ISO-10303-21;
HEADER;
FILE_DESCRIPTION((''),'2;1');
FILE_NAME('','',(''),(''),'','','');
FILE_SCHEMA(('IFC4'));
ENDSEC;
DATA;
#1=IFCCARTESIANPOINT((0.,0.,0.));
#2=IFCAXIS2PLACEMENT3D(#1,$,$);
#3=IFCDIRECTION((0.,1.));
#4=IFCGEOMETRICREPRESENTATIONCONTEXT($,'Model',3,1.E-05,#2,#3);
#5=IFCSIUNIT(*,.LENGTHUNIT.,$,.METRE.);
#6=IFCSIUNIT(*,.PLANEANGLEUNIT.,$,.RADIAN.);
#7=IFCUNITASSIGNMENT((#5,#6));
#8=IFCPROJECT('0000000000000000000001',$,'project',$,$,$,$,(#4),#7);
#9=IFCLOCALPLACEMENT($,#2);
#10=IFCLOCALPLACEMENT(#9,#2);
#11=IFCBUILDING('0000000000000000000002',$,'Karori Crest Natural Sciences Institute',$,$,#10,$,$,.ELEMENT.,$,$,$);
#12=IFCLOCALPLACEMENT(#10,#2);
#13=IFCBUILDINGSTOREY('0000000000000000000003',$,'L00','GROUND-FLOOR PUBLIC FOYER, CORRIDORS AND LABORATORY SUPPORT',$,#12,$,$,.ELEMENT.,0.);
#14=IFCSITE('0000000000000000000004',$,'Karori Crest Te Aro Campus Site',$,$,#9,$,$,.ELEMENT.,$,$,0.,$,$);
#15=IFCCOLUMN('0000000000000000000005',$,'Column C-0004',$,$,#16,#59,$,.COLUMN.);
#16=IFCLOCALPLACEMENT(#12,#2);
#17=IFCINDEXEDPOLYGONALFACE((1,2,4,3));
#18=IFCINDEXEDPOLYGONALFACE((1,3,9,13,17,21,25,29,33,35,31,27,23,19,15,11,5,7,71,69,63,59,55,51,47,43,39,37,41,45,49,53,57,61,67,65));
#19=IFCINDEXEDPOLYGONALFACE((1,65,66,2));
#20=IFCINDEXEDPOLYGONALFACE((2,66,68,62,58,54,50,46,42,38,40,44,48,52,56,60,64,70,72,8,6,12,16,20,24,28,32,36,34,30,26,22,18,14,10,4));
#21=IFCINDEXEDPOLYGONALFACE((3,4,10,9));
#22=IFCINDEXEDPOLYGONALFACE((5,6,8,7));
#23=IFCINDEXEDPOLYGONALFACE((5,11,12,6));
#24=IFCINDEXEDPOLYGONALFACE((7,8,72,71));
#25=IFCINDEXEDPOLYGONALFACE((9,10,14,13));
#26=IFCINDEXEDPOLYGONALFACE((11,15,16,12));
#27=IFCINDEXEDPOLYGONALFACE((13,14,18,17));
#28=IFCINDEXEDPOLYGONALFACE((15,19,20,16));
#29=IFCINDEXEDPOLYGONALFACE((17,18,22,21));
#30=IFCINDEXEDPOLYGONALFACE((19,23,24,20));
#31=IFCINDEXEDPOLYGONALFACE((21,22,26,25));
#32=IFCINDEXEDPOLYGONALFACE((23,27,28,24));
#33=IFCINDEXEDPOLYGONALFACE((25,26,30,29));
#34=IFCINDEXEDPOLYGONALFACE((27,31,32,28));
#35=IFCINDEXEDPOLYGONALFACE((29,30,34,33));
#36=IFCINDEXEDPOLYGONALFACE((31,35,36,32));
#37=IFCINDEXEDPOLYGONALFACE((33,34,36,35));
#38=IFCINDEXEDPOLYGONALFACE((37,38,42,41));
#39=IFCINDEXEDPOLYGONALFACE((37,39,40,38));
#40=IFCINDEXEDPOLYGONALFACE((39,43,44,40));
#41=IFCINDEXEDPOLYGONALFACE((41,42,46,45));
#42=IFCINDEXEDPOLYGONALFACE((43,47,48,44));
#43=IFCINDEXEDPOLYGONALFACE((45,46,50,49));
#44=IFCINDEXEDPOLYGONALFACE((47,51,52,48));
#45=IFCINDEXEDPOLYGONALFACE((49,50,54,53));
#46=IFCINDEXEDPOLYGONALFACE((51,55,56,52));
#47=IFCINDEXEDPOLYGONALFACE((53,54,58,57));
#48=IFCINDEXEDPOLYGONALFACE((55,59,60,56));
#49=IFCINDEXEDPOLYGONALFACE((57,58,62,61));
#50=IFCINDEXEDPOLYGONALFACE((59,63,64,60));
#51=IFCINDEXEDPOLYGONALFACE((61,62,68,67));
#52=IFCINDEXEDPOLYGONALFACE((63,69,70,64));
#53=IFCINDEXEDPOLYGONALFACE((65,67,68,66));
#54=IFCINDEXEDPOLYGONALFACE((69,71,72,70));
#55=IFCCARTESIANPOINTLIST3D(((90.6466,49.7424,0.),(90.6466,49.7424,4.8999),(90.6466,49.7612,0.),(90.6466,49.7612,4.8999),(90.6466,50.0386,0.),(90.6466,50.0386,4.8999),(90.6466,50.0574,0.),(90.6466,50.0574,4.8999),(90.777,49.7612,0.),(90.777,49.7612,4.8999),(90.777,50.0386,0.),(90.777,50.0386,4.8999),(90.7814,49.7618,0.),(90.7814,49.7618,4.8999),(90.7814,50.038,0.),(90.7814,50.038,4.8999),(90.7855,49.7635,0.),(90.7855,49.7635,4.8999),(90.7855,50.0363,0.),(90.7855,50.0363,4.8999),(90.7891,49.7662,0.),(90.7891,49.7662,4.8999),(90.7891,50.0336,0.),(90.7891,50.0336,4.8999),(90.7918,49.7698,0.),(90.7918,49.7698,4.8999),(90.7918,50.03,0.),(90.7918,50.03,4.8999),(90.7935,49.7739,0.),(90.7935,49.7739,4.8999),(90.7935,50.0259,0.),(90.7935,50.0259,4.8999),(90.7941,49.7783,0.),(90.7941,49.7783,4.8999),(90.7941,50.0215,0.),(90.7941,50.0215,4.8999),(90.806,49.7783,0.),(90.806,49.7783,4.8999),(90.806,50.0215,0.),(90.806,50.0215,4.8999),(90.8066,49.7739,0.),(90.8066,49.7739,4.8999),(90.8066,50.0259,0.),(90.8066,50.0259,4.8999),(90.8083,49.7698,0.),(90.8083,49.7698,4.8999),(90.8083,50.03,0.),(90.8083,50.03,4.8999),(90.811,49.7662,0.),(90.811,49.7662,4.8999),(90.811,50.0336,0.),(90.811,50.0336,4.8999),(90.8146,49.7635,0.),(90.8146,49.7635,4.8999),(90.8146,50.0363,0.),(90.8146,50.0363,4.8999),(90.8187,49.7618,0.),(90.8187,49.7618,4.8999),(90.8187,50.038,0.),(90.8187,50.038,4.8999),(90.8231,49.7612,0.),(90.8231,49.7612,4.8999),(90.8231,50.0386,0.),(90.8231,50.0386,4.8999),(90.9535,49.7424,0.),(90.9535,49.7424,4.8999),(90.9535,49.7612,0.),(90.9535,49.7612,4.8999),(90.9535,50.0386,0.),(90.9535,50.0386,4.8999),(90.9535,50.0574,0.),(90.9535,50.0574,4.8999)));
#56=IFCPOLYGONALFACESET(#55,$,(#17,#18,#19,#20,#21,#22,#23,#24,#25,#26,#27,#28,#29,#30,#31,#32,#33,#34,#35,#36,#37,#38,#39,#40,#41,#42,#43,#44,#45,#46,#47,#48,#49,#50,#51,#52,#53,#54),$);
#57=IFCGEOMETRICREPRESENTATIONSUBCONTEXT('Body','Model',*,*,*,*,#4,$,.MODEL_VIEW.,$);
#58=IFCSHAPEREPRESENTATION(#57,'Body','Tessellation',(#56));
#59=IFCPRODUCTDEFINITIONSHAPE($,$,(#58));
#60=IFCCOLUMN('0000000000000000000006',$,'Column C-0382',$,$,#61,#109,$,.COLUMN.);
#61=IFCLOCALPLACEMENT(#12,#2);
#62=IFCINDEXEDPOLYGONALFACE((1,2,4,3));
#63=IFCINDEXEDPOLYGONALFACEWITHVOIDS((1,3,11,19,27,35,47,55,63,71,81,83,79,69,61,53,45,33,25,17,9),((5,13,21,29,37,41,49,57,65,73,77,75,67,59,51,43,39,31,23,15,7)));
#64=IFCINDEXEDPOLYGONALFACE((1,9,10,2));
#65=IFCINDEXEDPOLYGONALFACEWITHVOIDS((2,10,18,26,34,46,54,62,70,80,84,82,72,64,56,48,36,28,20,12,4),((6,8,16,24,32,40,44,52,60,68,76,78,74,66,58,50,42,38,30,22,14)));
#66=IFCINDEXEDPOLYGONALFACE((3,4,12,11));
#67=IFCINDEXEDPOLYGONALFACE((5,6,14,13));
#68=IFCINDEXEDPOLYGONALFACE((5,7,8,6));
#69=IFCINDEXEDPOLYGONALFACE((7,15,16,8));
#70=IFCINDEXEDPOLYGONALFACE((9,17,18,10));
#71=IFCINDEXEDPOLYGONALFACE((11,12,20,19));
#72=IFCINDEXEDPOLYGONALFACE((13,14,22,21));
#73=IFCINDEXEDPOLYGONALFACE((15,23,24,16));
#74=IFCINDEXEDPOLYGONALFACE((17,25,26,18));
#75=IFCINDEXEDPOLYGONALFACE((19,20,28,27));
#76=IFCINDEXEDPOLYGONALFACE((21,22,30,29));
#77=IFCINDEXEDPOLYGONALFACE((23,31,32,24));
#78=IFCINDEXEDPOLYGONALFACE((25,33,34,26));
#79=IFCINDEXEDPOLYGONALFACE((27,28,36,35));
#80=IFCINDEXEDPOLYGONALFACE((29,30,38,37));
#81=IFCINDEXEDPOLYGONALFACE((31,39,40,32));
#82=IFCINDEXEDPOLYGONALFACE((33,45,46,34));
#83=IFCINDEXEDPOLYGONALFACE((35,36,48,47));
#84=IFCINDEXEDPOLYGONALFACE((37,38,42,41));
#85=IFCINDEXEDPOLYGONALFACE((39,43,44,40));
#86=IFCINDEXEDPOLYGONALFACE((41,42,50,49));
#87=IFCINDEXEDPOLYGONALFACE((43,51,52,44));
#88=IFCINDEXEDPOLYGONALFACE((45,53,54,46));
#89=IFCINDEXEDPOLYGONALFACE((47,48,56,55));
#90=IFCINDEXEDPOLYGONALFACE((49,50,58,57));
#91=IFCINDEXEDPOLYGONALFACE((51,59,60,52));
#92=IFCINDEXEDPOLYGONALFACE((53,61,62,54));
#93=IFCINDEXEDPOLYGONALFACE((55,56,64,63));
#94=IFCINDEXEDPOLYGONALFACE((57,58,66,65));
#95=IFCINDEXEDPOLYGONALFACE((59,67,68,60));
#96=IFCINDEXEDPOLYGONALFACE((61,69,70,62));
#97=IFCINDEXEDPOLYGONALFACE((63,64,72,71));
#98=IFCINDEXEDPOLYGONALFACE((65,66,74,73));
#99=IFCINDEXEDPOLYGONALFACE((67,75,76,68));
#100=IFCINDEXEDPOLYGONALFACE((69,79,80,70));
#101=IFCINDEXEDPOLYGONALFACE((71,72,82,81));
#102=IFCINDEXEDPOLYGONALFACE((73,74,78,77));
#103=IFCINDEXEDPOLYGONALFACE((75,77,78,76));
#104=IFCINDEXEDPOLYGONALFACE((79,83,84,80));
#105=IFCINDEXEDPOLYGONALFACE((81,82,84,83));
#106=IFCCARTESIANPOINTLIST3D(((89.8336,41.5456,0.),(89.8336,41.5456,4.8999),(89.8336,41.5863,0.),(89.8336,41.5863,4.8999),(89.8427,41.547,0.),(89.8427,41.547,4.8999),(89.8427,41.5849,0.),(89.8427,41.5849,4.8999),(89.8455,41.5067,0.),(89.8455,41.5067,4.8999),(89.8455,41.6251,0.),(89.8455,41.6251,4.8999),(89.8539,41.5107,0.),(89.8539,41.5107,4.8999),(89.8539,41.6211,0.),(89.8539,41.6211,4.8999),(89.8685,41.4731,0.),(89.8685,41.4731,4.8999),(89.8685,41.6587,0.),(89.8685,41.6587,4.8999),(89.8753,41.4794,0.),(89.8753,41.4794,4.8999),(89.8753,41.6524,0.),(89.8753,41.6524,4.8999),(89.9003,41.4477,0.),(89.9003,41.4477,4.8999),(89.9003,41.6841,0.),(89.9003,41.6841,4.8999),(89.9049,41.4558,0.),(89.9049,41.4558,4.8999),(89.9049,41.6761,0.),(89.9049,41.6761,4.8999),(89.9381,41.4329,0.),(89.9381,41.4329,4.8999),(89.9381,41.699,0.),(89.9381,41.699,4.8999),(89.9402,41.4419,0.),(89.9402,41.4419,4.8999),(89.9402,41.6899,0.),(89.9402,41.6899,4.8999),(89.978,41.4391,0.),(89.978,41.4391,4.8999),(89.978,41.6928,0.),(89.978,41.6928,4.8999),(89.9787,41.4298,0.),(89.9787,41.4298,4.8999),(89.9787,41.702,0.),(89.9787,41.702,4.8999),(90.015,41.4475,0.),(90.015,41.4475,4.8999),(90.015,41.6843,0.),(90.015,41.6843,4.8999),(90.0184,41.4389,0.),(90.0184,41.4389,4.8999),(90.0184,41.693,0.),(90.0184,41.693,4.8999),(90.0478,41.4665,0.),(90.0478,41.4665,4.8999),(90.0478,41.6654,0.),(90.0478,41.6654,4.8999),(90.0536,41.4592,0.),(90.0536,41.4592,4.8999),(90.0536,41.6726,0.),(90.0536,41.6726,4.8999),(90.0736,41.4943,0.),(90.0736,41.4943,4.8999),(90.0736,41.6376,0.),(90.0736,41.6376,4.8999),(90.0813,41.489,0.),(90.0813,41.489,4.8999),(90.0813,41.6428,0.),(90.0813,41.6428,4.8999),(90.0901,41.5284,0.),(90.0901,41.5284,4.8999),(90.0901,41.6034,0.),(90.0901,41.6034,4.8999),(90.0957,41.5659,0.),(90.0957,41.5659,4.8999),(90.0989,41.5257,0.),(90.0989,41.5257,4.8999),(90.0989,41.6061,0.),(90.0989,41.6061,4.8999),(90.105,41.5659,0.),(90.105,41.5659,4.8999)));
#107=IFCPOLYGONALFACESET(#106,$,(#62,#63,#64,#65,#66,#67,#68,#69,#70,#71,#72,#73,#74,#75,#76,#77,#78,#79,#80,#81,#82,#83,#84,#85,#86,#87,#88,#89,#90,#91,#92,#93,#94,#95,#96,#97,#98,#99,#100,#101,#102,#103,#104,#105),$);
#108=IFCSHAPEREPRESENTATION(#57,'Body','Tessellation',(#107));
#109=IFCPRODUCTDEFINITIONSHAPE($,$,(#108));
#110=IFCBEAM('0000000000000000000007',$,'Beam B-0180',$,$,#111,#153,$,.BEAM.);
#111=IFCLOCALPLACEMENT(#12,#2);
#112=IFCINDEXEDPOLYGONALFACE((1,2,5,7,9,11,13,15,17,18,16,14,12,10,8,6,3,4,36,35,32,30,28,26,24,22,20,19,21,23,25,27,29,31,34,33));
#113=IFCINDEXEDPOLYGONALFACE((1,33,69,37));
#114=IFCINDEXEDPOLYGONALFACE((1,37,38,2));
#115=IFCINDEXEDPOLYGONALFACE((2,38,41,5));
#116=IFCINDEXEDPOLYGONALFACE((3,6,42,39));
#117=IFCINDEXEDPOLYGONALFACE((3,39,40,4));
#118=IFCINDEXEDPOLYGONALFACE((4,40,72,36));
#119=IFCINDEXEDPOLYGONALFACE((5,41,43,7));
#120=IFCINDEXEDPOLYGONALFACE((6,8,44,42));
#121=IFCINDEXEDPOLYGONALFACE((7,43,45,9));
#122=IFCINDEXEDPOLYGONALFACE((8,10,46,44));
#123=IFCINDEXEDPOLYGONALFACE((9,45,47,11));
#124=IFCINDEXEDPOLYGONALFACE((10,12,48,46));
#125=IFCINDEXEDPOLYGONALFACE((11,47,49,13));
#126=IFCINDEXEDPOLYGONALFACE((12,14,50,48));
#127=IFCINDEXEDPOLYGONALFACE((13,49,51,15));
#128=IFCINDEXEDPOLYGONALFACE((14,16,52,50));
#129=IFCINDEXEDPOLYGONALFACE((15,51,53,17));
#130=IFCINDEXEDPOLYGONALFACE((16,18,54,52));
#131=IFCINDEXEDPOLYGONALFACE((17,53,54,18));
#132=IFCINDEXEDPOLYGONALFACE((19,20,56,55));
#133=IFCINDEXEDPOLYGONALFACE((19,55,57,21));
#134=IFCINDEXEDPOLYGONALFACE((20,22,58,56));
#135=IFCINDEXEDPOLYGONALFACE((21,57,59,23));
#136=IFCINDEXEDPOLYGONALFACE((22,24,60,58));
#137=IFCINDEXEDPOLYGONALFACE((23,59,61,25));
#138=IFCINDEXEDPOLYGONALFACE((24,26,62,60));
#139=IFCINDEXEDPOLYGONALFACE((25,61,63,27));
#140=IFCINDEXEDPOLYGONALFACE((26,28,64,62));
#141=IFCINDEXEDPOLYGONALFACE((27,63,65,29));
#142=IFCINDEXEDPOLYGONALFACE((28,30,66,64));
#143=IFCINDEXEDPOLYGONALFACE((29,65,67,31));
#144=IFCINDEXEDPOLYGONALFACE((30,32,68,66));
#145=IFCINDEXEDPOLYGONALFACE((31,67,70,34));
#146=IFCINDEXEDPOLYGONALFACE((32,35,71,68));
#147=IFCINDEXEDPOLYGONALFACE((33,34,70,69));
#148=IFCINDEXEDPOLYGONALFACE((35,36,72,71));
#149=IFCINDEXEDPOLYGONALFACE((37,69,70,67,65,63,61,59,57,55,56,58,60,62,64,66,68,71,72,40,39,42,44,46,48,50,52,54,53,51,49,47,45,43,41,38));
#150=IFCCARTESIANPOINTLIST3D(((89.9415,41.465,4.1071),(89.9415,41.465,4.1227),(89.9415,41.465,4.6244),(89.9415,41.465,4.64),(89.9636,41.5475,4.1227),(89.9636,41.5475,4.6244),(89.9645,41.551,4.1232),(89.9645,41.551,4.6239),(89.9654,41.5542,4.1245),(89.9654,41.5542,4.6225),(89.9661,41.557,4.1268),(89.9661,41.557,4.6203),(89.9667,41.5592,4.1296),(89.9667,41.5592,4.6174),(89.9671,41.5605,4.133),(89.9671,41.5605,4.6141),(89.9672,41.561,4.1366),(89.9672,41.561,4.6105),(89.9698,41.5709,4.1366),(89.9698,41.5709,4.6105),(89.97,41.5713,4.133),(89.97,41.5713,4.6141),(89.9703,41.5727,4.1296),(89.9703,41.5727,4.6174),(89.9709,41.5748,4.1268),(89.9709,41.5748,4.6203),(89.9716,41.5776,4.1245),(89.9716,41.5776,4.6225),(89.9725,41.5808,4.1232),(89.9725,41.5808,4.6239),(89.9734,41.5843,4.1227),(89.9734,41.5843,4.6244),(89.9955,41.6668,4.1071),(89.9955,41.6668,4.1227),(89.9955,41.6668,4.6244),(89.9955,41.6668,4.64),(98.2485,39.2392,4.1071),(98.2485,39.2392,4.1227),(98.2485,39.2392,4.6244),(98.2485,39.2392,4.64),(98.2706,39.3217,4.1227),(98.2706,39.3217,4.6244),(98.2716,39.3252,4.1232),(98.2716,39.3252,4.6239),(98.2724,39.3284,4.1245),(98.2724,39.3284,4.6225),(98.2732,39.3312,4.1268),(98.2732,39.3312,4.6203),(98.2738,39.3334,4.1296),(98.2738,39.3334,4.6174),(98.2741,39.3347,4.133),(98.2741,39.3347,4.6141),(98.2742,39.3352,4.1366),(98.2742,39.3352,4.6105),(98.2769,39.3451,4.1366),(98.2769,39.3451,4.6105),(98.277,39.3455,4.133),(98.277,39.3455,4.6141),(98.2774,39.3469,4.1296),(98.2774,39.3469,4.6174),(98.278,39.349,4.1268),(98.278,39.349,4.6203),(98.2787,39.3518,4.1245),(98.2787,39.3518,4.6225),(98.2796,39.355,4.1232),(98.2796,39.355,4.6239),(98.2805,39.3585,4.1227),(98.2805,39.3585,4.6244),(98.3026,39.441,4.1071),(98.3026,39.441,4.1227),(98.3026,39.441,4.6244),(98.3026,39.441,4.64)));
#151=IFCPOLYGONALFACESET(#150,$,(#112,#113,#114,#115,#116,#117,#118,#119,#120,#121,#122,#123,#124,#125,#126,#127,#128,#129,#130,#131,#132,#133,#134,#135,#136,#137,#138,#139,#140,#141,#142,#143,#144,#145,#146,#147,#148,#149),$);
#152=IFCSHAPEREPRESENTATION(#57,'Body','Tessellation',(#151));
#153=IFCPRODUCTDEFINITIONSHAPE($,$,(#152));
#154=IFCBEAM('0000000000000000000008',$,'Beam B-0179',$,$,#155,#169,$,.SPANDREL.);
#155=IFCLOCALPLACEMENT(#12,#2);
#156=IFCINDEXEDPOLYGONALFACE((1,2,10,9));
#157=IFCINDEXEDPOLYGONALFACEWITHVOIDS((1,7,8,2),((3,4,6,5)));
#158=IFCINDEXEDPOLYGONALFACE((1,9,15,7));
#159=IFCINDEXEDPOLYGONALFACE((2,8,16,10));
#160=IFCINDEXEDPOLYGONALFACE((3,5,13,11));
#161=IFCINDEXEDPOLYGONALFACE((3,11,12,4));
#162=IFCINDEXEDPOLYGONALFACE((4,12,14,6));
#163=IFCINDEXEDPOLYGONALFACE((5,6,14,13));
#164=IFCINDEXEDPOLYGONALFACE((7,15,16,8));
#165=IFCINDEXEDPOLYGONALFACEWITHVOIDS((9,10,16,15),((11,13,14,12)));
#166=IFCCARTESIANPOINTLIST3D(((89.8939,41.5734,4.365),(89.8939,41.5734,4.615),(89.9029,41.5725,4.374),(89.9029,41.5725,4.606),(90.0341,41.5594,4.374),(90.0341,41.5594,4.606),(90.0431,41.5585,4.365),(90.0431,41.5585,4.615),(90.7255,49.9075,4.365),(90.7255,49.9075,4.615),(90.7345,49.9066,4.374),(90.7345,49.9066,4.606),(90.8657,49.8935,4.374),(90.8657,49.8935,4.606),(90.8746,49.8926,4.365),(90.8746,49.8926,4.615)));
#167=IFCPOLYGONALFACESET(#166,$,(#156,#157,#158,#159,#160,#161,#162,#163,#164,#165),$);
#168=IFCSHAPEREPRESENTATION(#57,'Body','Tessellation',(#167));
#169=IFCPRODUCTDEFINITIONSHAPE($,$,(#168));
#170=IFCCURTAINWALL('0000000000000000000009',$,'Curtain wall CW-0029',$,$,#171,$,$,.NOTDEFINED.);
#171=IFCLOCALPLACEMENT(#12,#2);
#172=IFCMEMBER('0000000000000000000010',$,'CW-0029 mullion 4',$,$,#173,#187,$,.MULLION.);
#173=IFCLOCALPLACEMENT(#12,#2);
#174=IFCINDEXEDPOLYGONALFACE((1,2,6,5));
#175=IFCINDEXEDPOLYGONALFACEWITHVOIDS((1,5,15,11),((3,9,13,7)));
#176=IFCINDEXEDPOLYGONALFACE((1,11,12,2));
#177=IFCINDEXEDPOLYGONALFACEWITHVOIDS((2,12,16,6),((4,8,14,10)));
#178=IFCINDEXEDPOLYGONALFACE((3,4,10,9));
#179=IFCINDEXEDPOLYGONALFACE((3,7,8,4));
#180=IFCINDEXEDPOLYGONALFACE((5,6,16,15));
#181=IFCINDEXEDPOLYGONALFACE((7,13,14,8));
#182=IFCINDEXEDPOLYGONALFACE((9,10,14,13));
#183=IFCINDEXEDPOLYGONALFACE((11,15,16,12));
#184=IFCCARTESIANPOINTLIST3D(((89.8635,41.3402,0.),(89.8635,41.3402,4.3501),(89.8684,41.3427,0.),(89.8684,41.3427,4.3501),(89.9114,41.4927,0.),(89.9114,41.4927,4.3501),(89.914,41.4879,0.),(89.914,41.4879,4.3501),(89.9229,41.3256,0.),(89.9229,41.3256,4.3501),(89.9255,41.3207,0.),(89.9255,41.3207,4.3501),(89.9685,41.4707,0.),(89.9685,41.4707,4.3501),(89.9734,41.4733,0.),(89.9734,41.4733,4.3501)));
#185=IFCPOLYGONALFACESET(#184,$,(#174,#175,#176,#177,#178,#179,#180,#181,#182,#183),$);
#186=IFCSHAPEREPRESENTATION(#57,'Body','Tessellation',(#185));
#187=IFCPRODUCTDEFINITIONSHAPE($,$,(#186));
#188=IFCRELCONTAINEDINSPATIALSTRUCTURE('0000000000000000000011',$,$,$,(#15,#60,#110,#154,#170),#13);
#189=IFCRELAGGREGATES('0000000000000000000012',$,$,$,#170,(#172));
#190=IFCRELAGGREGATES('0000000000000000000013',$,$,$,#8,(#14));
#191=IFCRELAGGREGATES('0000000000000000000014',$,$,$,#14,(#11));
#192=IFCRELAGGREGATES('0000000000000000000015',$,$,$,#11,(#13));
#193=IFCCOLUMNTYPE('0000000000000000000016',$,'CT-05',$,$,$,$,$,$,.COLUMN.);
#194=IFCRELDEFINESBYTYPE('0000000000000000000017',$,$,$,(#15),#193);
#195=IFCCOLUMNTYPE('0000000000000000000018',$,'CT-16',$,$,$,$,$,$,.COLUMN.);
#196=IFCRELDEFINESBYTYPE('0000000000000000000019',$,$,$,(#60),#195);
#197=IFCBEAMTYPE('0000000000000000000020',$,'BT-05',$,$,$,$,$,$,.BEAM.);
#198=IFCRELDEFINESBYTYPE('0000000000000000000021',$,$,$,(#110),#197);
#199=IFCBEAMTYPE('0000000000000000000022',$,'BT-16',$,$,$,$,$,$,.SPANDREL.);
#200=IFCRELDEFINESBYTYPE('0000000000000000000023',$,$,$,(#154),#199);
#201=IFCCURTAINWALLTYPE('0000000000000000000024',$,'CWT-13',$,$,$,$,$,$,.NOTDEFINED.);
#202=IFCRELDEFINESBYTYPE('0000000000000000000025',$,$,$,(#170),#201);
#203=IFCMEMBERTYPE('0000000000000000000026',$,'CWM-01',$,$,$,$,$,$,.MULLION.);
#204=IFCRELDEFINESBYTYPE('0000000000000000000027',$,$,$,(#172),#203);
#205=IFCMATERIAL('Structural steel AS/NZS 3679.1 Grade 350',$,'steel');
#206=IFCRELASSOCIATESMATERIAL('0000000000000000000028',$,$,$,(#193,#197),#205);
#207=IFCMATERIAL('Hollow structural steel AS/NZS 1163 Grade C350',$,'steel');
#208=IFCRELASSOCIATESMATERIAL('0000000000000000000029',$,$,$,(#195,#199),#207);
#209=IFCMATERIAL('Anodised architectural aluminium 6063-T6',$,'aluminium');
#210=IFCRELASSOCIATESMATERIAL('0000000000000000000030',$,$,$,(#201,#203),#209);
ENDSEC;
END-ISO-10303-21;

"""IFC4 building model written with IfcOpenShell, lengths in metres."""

from ifc_helpers import new_model, si_unit, direction, frame, origin, origin_2d, place, context, subcontext, project, spatial, hollow_rectangle, hollow_circle, i_section, extrude, material, material_profile, profile_set, type_object, element, aggregate, save


model = new_model("IFC4")

# Units and contexts
model_context = context("Model", 3, precision=1e-05, world=origin(), true_north=direction((0.0, 1.0)))
body_context = subcontext(model_context, "Body", "Model", "MODEL_VIEW")
ifc_project = project(units=[si_unit("LENGTHUNIT", "METRE"), si_unit("PLANEANGLEUNIT", "RADIAN")], contexts=[model_context])

# Site, building, storey
site_placement = place(None, origin())
site = spatial("IfcSite", under=ifc_project, at=site_placement, Name="Karori Crest Te Aro Campus Site", CompositionType="ELEMENT", RefElevation=0.0)
building_placement = place(site_placement, origin())
building = spatial("IfcBuilding", under=site, at=building_placement, Name="Karori Crest Natural Sciences Institute", CompositionType="ELEMENT")
storey_placement = place(building_placement, origin())
storey = spatial("IfcBuildingStorey", under=building, at=storey_placement, Name="L00", Description="GROUND-FLOOR PUBLIC FOYER, CORRIDORS AND LABORATORY SUPPORT", CompositionType="ELEMENT", Elevation=0.0)

# Columns
ifc_material_1 = material(Name="Structural steel AS/NZS 3679.1 Grade 350", Category="steel")
ifc_material_profile_1 = material_profile(ifc_material_1, i_section(OverallWidth=0.3069, OverallDepth=0.3149, WebThickness=0.012, FlangeThickness=0.0188, FilletRadius=0.0171, at=origin_2d()), Name="310UC118")
ifc_profile_set_1 = profile_set([ifc_material_profile_1], Name="Structural steel AS/NZS 3679.1 Grade 350")
column_type_1 = type_object("IfcColumnType", Name="CT-05", PredefinedType="COLUMN", material=ifc_profile_set_1)
column_1_placement = place(storey_placement, frame((90.8, 49.8999, 0.0), z_axis=(0.0, 0.0, 1.0), x_axis=(1.0, 0.0, 0.0)))
element("IfcColumn", 1, at=column_1_placement, inside=storey, type_object=column_type_1, Name="Column C-0004", PredefinedType="COLUMN", context=body_context, shape_type="SweptSolid", body=[
    extrude(i_section(OverallWidth=0.3069, OverallDepth=0.3149, WebThickness=0.012, FlangeThickness=0.0188, FilletRadius=0.0171, at=origin_2d()), origin(), (0.0, 0.0, 1.0), 4.8999),
])
ifc_material_2 = material(Name="Hollow structural steel AS/NZS 1163 Grade C350", Category="steel")
ifc_material_profile_2 = material_profile(ifc_material_2, hollow_circle(Radius=0.1365, WallThickness=0.0093, at=origin_2d()), Name="CHS273.0x9.3")
ifc_profile_set_2 = profile_set([ifc_material_profile_2], Name="Hollow structural steel AS/NZS 1163 Grade C350")
column_type_2 = type_object("IfcColumnType", Name="CT-16", PredefinedType="COLUMN", material=ifc_profile_set_2)
column_2_placement = place(storey_placement, frame((89.9685, 41.5659, 0.0), z_axis=(0.0, 0.0, 1.0), x_axis=(1.0, 0.0, 0.0)))
element("IfcColumn", 2, at=column_2_placement, inside=storey, type_object=column_type_2, Name="Column C-0382", PredefinedType="COLUMN", context=body_context, shape_type="SweptSolid", body=[
    extrude(hollow_circle(Radius=0.1365, WallThickness=0.0093, at=origin_2d()), origin(), (0.0, 0.0, 1.0), 4.8999),
])

# Beams
ifc_material_profile_3 = material_profile(ifc_material_1, i_section(OverallWidth=0.209, OverallDepth=0.533, WebThickness=0.0103, FlangeThickness=0.0156, FilletRadius=0.0139, at=origin_2d()), Name="530UB92.4")
ifc_profile_set_3 = profile_set([ifc_material_profile_3], Name="Structural steel AS/NZS 3679.1 Grade 350")
beam_type_1 = type_object("IfcBeamType", Name="BT-05", PredefinedType="BEAM", material=ifc_profile_set_3)
beam_1_placement = place(storey_placement, frame((89.9685, 41.5659, 4.3735), z_axis=(0.965928, -0.258813, 0.0), x_axis=(0.258813, 0.965928, 0.0)))
element("IfcBeam", 3, at=beam_1_placement, inside=storey, type_object=beam_type_1, Name="Beam B-0180", PredefinedType="BEAM", context=body_context, shape_type="SweptSolid", body=[
    extrude(i_section(OverallWidth=0.209, OverallDepth=0.533, WebThickness=0.0103, FlangeThickness=0.0156, FilletRadius=0.0139, at=origin_2d()), origin(), (0.0, 0.0, 1.0), 8.6001),
])
ifc_material_profile_4 = material_profile(ifc_material_2, hollow_rectangle(XDim=0.1499, YDim=0.25, WallThickness=0.009, at=origin_2d()), Name="RHS250x150x9")
ifc_profile_set_4 = profile_set([ifc_material_profile_4], Name="Hollow structural steel AS/NZS 1163 Grade C350")
beam_type_2 = type_object("IfcBeamType", Name="BT-16", PredefinedType="SPANDREL", material=ifc_profile_set_4)
beam_2_placement = place(storey_placement, frame((89.9685, 41.5659, 4.49), z_axis=(0.099284, 0.995059, 0.0), x_axis=(-0.995059, 0.099284, 0.0)))
element("IfcBeam", 4, at=beam_2_placement, inside=storey, type_object=beam_type_2, Name="Beam B-0179", PredefinedType="SPANDREL", context=body_context, shape_type="SweptSolid", body=[
    extrude(hollow_rectangle(XDim=0.1499, YDim=0.25, WallThickness=0.009, at=origin_2d()), origin(), (0.0, 0.0, 1.0), 8.3755),
])

# Curtain wall, member
ifc_material_3 = material(Name="Anodised architectural aluminium 6063-T6", Category="aluminium")
curtain_wall_type_1 = type_object("IfcCurtainWallType", Name="CWT-13", PredefinedType="NOTDEFINED", material=ifc_material_3)
curtain_wall_1_placement = place(storey_placement, origin())
curtain_wall_1 = element("IfcCurtainWall", 5, at=curtain_wall_1_placement, inside=storey, type_object=curtain_wall_type_1, Name="Curtain wall CW-0029", PredefinedType="NOTDEFINED")
ifc_material_profile_5 = material_profile(ifc_material_3, hollow_rectangle(XDim=0.0649, YDim=0.1599, WallThickness=0.0039, at=origin_2d()), Name="CWM160x65x4")
ifc_profile_set_5 = profile_set([ifc_material_profile_5], Name="Anodised architectural aluminium 6063-T6")
member_type_1 = type_object("IfcMemberType", Name="CWM-01", PredefinedType="MULLION", material=ifc_profile_set_5)
member_1_placement = place(storey_placement, frame((89.9185, 41.4067, 0.0), z_axis=(0.0, 0.0, 1.0), x_axis=(-0.954104, 0.299477, 0.0)))
member_1 = element("IfcMember", 6, at=member_1_placement, type_object=member_type_1, Name="CW-0029 mullion 4", PredefinedType="MULLION", context=body_context, shape_type="SweptSolid", body=[
    extrude(hollow_rectangle(XDim=0.0649, YDim=0.1599, WallThickness=0.0039, at=origin_2d()), origin(), (0.0, 0.0, 1.0), 4.3501),
])
aggregate(curtain_wall_1, [member_1])

save(model, "model.ifc")
